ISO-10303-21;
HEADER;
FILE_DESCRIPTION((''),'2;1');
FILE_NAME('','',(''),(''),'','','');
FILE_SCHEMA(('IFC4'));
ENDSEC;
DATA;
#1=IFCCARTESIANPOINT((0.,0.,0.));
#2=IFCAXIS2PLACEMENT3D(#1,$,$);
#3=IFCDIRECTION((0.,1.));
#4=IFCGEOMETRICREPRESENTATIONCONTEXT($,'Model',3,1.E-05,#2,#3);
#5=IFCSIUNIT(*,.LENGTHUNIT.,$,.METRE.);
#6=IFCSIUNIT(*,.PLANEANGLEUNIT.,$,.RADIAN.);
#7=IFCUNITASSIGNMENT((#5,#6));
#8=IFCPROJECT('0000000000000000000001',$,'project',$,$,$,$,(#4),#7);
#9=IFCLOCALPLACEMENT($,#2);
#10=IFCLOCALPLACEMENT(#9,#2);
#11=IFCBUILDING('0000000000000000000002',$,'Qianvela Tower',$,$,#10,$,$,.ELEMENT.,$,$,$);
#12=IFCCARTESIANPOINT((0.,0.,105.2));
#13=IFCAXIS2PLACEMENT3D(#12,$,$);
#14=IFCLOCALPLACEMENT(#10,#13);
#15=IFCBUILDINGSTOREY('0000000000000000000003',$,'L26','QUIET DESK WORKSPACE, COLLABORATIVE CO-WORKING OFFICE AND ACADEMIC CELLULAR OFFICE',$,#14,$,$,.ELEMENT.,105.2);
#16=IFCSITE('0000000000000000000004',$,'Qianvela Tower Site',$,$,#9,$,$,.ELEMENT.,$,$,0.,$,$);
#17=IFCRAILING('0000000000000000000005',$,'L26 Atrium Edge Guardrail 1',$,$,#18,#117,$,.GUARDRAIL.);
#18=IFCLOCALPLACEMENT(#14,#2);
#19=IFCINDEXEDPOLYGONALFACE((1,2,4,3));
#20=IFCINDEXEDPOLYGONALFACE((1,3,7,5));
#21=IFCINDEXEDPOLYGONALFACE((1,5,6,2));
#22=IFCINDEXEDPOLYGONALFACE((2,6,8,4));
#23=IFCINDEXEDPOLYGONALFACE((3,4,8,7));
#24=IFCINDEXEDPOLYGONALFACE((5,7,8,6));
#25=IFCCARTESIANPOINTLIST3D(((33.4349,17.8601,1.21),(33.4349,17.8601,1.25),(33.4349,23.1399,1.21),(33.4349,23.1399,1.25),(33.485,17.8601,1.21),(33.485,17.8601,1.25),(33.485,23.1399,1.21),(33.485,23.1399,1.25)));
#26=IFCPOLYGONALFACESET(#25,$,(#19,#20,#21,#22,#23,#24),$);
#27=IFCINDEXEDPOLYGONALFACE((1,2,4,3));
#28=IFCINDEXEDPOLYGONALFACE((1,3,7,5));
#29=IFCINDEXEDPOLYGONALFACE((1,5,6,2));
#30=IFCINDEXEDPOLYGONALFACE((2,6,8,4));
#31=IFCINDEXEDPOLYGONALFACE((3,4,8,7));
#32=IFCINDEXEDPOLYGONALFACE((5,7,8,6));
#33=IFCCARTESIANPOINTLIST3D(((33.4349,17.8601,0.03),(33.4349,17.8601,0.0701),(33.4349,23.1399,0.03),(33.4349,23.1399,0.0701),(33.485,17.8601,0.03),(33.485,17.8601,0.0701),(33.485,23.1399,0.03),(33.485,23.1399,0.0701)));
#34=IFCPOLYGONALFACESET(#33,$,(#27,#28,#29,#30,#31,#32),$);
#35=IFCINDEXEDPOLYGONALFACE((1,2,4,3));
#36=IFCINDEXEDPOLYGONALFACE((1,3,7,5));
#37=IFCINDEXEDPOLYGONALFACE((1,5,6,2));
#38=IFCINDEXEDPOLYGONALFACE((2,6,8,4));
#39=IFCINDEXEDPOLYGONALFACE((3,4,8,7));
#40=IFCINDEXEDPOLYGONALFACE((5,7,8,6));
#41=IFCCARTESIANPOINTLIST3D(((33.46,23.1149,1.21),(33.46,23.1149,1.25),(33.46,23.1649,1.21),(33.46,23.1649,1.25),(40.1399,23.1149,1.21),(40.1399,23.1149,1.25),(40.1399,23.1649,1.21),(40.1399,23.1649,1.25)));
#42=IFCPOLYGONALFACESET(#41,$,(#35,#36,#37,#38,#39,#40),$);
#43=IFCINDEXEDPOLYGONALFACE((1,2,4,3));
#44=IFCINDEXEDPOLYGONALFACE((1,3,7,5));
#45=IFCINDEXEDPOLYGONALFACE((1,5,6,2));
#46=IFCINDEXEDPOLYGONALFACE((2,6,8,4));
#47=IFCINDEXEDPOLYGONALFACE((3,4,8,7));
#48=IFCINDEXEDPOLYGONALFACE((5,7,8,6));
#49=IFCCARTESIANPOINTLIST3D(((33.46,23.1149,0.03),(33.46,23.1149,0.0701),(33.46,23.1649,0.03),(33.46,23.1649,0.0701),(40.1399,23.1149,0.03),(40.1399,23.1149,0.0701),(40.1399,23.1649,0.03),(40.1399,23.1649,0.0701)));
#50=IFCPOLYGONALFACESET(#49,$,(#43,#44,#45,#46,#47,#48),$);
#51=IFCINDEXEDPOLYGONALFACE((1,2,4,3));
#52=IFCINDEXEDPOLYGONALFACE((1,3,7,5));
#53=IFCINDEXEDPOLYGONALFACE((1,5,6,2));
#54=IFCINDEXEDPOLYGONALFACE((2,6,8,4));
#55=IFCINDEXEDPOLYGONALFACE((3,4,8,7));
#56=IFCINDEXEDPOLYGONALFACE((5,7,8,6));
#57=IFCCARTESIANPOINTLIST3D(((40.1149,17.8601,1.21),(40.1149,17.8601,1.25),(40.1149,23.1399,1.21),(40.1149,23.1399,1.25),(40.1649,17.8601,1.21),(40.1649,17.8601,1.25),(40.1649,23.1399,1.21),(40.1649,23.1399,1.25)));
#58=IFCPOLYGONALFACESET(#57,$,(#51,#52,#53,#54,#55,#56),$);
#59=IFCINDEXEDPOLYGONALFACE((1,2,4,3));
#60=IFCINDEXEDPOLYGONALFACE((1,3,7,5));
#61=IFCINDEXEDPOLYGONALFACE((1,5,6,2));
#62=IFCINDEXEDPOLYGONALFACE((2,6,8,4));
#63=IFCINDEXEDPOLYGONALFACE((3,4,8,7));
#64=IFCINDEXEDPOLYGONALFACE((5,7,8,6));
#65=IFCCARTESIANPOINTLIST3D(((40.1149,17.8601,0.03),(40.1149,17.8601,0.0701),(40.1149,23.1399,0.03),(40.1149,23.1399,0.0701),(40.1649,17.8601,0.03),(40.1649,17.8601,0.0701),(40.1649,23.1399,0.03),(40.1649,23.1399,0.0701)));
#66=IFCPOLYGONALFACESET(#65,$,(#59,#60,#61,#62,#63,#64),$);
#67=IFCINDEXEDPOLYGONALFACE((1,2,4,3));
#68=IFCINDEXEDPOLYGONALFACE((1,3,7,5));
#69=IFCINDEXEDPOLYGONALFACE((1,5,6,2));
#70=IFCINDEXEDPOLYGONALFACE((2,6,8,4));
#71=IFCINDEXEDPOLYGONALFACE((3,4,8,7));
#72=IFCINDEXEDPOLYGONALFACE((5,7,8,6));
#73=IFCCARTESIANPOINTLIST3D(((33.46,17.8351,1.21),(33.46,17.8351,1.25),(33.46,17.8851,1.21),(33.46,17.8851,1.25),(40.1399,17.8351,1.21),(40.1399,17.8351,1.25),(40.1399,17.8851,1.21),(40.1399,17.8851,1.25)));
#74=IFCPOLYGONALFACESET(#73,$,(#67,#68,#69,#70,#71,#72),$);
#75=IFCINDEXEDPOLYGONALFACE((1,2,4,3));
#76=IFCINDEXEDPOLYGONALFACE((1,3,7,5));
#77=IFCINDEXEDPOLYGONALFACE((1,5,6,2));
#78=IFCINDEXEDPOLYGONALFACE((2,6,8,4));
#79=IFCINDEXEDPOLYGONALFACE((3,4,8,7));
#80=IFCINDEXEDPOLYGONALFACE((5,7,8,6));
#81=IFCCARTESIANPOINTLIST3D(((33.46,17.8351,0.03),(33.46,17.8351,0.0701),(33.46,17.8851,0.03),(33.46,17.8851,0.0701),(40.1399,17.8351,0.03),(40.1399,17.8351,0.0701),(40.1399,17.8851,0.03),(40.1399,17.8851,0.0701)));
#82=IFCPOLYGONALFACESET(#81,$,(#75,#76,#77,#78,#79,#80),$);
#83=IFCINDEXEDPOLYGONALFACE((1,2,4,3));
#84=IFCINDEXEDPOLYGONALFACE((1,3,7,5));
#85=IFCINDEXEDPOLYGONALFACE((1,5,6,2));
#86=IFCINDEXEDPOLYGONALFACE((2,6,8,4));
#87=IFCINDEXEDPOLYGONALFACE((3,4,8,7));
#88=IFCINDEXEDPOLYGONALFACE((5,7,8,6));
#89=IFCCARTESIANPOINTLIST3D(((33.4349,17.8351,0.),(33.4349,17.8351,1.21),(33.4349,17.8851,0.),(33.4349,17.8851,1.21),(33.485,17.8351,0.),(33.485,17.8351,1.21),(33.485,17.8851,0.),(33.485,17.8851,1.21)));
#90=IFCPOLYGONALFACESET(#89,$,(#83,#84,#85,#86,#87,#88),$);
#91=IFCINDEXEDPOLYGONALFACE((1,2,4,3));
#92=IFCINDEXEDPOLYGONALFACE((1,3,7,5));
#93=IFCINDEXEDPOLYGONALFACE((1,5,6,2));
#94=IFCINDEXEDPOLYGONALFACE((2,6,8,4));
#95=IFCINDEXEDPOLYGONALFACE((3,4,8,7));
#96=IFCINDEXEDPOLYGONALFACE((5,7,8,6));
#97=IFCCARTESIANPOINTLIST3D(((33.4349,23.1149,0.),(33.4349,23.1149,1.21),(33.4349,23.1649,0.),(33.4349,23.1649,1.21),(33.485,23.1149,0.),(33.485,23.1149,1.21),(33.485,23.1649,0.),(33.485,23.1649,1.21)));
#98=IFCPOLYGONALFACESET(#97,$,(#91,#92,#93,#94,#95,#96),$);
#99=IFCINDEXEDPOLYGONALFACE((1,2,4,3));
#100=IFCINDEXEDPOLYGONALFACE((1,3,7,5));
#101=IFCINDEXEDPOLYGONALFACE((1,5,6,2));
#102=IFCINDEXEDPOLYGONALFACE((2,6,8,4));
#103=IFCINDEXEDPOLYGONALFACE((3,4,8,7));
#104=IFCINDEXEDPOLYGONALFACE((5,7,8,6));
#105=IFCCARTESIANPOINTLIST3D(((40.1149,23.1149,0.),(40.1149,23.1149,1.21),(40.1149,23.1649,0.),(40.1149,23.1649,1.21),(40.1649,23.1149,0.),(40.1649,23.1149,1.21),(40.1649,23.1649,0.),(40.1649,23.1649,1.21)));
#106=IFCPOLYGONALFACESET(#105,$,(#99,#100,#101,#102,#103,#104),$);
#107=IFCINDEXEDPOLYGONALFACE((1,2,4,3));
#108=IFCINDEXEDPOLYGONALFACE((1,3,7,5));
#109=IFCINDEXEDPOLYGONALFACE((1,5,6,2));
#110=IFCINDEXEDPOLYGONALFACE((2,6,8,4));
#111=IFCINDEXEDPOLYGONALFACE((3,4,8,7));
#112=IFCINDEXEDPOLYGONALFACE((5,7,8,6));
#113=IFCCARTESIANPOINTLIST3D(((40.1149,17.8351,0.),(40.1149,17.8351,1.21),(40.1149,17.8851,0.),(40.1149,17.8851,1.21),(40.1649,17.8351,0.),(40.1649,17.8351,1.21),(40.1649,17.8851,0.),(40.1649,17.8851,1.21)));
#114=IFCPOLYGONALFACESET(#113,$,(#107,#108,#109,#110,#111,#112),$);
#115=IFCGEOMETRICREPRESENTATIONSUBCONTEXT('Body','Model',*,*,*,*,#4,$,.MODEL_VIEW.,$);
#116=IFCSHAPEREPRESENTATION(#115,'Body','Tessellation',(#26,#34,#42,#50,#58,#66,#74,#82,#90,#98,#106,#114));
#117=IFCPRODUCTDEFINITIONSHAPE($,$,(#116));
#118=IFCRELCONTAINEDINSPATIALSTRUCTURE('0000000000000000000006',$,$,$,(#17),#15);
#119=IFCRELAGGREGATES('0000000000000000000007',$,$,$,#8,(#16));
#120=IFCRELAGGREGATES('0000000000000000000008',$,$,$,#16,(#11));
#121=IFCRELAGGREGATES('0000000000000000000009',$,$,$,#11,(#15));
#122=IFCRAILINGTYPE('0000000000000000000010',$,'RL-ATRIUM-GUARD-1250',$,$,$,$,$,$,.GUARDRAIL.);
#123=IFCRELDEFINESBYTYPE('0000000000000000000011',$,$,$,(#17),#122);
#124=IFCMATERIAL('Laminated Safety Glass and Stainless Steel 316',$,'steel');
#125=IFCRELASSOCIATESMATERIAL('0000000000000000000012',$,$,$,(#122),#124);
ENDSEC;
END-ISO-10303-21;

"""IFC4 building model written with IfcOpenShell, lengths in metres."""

from ifc_helpers import new_model, si_unit, direction, frame, origin, origin_2d, place, context, subcontext, project, spatial, rectangle, extrude, material, type_object, element, save


model = new_model("IFC4")

# Units and contexts
model_context = context("Model", 3, precision=1e-05, world=origin(), true_north=direction((0.0, 1.0)))
body_context = subcontext(model_context, "Body", "Model", "MODEL_VIEW")
ifc_project = project(units=[si_unit("LENGTHUNIT", "METRE"), si_unit("PLANEANGLEUNIT", "RADIAN")], contexts=[model_context])

# Site, building, storey
site_placement = place(None, origin())
site = spatial("IfcSite", under=ifc_project, at=site_placement, Name="Qianvela Tower Site", CompositionType="ELEMENT", RefElevation=0.0)
building_placement = place(site_placement, origin())
building = spatial("IfcBuilding", under=site, at=building_placement, Name="Qianvela Tower", CompositionType="ELEMENT")
storey_placement = place(building_placement, frame((0.0, 0.0, 105.2)))
storey = spatial("IfcBuildingStorey", under=building, at=storey_placement, Name="L26", Description="QUIET DESK WORKSPACE, COLLABORATIVE CO-WORKING OFFICE AND ACADEMIC CELLULAR OFFICE", CompositionType="ELEMENT", Elevation=105.2)

# Railing
ifc_material_1 = material(Name="Laminated Safety Glass and Stainless Steel 316", Category="steel")
railing_type = type_object("IfcRailingType", Name="RL-ATRIUM-GUARD-1250", PredefinedType="GUARDRAIL", material=ifc_material_1)
railing_placement = place(storey_placement, frame((33.46, 17.8601, 0.0)))
element("IfcRailing", 1, at=railing_placement, inside=storey, type_object=railing_type, Name="L26 Atrium Edge Guardrail 1", PredefinedType="GUARDRAIL", context=body_context, shape_type="SweptSolid", body=[
    extrude(rectangle(XDim=0.05, YDim=0.04, at=origin_2d()), frame((0.0, 0.0, 1.23), z_axis=(0.0, 1.0, 0.0), x_axis=(-1.0, 0.0, 0.0)), (0.0, 0.0, 1.0), 5.2798),
    extrude(rectangle(XDim=0.05, YDim=0.04, at=origin_2d()), frame((0.0, 0.0, 0.05), z_axis=(0.0, 1.0, 0.0), x_axis=(-1.0, 0.0, 0.0)), (0.0, 0.0, 1.0), 5.2798),
    extrude(rectangle(XDim=0.05, YDim=0.04, at=origin_2d()), frame((0.0, 5.2798, 1.23), z_axis=(1.0, 0.0, 0.0), x_axis=(0.0, 1.0, 0.0)), (0.0, 0.0, 1.0), 6.6799),
    extrude(rectangle(XDim=0.05, YDim=0.04, at=origin_2d()), frame((0.0, 5.2798, 0.05), z_axis=(1.0, 0.0, 0.0), x_axis=(0.0, 1.0, 0.0)), (0.0, 0.0, 1.0), 6.6799),
    extrude(rectangle(XDim=0.05, YDim=0.04, at=origin_2d()), frame((6.6799, 5.2798, 1.23), z_axis=(0.0, -1.0, 0.0), x_axis=(1.0, 0.0, 0.0)), (0.0, 0.0, 1.0), 5.2798),
    extrude(rectangle(XDim=0.05, YDim=0.04, at=origin_2d()), frame((6.6799, 5.2798, 0.05), z_axis=(0.0, -1.0, 0.0), x_axis=(1.0, 0.0, 0.0)), (0.0, 0.0, 1.0), 5.2798),
    extrude(rectangle(XDim=0.05, YDim=0.04, at=origin_2d()), frame((6.6799, 0.0, 1.23), z_axis=(-1.0, 0.0, 0.0), x_axis=(0.0, -1.0, 0.0)), (0.0, 0.0, 1.0), 6.6799),
    extrude(rectangle(XDim=0.05, YDim=0.04, at=origin_2d()), frame((6.6799, 0.0, 0.05), z_axis=(-1.0, 0.0, 0.0), x_axis=(0.0, -1.0, 0.0)), (0.0, 0.0, 1.0), 6.6799),
    extrude(rectangle(XDim=0.05, YDim=0.05, at=origin_2d()), origin(), (0.0, 0.0, 1.0), 1.21),
    extrude(rectangle(XDim=0.05, YDim=0.05, at=origin_2d()), frame((0.0, 5.2798, 0.0)), (0.0, 0.0, 1.0), 1.21),
    extrude(rectangle(XDim=0.05, YDim=0.05, at=origin_2d()), frame((6.6799, 5.2798, 0.0)), (0.0, 0.0, 1.0), 1.21),
    extrude(rectangle(XDim=0.05, YDim=0.05, at=origin_2d()), frame((6.6799, 0.0, 0.0)), (0.0, 0.0, 1.0), 1.21),
])

save(model, "model.ifc")
